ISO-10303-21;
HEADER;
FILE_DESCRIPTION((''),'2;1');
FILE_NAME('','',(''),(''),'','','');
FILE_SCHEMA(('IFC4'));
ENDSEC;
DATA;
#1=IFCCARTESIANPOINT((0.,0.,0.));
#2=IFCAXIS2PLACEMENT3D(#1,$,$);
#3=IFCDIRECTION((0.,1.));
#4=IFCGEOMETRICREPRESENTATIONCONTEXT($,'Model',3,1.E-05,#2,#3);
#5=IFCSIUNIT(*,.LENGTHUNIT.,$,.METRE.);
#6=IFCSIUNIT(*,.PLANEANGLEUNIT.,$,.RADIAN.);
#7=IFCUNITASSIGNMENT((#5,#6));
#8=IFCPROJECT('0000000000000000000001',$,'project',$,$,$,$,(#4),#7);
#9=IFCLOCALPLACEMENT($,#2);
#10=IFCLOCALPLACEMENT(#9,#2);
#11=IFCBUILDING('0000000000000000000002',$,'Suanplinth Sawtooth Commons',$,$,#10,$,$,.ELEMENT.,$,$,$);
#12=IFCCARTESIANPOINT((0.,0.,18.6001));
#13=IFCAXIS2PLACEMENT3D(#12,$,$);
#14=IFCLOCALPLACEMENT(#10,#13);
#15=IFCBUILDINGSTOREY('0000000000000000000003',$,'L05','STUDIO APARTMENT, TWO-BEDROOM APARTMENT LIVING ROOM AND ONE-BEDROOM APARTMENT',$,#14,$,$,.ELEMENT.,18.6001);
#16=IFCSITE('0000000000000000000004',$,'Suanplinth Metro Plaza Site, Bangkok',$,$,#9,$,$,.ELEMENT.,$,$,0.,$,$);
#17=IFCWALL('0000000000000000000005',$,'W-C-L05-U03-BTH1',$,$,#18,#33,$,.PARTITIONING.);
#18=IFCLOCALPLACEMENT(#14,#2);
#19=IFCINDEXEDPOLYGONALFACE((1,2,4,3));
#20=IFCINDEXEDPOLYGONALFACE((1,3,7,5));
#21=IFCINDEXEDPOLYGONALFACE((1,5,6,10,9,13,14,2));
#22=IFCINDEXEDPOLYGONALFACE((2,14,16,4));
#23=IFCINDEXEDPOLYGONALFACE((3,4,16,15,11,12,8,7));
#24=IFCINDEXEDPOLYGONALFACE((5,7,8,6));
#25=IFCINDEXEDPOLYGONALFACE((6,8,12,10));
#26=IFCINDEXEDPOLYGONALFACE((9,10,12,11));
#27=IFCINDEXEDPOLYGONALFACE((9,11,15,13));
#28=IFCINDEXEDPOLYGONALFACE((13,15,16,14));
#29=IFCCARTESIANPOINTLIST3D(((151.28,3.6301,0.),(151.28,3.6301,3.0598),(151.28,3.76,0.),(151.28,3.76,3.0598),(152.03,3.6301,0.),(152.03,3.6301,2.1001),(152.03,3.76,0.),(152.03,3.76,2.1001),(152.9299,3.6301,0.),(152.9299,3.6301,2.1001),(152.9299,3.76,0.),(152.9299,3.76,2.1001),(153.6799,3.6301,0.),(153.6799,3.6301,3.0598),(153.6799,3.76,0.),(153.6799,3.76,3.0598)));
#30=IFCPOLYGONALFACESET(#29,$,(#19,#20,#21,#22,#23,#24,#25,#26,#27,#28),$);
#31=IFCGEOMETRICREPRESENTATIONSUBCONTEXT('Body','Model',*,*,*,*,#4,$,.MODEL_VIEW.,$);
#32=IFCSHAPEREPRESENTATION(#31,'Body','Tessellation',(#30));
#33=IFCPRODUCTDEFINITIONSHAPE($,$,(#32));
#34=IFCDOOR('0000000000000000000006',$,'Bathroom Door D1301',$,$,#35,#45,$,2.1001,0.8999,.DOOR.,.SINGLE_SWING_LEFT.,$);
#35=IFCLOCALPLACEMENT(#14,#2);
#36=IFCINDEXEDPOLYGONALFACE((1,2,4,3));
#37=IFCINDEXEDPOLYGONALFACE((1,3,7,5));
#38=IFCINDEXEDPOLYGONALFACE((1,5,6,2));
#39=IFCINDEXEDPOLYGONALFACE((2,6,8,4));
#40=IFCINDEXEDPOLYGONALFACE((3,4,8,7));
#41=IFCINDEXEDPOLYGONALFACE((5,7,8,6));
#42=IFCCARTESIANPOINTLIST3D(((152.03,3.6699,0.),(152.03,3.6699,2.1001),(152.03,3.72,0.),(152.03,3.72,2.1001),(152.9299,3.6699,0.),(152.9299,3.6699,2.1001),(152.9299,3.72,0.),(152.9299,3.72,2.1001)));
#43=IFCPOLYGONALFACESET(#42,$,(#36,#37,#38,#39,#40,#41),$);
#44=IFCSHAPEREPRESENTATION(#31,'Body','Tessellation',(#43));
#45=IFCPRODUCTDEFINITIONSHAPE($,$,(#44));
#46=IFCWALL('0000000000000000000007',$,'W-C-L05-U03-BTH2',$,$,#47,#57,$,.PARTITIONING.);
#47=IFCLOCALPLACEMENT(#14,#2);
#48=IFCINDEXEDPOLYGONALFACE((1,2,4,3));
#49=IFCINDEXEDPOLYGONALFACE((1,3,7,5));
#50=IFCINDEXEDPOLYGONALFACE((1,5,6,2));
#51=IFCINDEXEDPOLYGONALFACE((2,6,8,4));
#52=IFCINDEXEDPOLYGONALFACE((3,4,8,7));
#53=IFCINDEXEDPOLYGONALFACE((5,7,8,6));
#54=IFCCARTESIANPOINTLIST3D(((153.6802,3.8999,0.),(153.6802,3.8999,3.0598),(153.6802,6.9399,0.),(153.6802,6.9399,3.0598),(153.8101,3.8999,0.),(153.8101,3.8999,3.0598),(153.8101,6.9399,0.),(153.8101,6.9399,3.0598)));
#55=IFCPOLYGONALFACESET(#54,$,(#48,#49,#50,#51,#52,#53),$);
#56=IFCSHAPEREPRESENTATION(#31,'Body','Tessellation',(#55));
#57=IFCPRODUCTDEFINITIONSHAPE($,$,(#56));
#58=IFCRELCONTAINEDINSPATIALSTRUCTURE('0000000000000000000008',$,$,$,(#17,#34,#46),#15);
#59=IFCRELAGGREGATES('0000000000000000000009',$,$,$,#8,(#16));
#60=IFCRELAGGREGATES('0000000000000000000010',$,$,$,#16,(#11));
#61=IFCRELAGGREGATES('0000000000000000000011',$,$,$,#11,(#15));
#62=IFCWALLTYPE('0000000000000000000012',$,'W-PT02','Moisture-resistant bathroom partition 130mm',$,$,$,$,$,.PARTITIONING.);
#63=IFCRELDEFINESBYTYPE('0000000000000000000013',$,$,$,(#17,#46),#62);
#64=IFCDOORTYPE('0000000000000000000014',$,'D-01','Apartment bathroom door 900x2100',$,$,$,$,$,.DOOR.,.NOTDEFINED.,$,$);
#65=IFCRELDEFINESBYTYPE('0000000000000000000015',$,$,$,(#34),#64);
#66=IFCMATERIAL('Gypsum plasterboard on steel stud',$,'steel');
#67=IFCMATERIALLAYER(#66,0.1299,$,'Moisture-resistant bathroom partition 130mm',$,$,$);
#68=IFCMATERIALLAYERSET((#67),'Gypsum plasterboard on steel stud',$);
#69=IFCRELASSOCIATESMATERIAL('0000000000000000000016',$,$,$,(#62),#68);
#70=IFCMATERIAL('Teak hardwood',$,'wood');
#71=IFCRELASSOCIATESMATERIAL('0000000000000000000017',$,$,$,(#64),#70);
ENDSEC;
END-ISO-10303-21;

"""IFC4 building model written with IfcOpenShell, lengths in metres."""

from ifc_helpers import new_model, si_unit, direction, frame, frame_2d, origin, place, context, subcontext, project, spatial, rectangle, extrude, material, layer, layer_set, type_object, element, fill, save


model = new_model("IFC4")

# Units and contexts
model_context = context("Model", 3, precision=1e-05, world=origin(), true_north=direction((0.0, 1.0)))
body_context = subcontext(model_context, "Body", "Model", "MODEL_VIEW")
ifc_project = project(units=[si_unit("LENGTHUNIT", "METRE"), si_unit("PLANEANGLEUNIT", "RADIAN")], contexts=[model_context])

# Site, building, storey
site_placement = place(None, origin())
site = spatial("IfcSite", under=ifc_project, at=site_placement, Name="Suanplinth Metro Plaza Site, Bangkok", CompositionType="ELEMENT", RefElevation=0.0)
building_placement = place(site_placement, origin())
building = spatial("IfcBuilding", under=site, at=building_placement, Name="Suanplinth Sawtooth Commons", CompositionType="ELEMENT")
storey_placement = place(building_placement, frame((0.0, 0.0, 18.6001)))
storey = spatial("IfcBuildingStorey", under=building, at=storey_placement, Name="L05", Description="STUDIO APARTMENT, TWO-BEDROOM APARTMENT LIVING ROOM AND ONE-BEDROOM APARTMENT", CompositionType="ELEMENT", Elevation=18.6001)

# Wall, opening, door
ifc_material_1 = material(Name="Gypsum plasterboard on steel stud", Category="steel")
ifc_material_2 = material(Name="Teak hardwood", Category="wood")
ifc_layer_1 = layer(ifc_material_1, 0.1299, Name="Moisture-resistant bathroom partition 130mm")
ifc_layer_set_1 = layer_set([ifc_layer_1], Name="Gypsum plasterboard on steel stud")
wall_type_1 = type_object("IfcWallType", Name="W-PT02", Description="Moisture-resistant bathroom partition 130mm", PredefinedType="PARTITIONING", material=ifc_layer_set_1)
wall_1_placement = place(storey_placement, frame((151.28, 3.6951, 0.0), z_axis=(0.0, 0.0, 1.0), x_axis=(1.0, 0.0, 0.0)))
wall_1 = element("IfcWall", 1, at=wall_1_placement, inside=storey, type_object=wall_type_1, Name="W-C-L05-U03-BTH1", PredefinedType="PARTITIONING", context=body_context, shape_type="SweptSolid", body=[
    extrude(rectangle(XDim=2.3999, YDim=0.1299, at=frame_2d((1.2, 0.0))), origin(), (0.0, 0.0, 1.0), 3.0598),
])
opening_1_placement = place(wall_1_placement, frame((0.75, 0.0, 0.0)))
opening_1 = element("IfcOpeningElement", 2, at=opening_1_placement, cuts=wall_1, PredefinedType="OPENING", context=body_context, shape_type="SweptSolid", body=[
    extrude(rectangle(XDim=0.8999, YDim=2.1001, at=frame_2d((0.45, 1.05))), frame((0.0, 0.0798, 0.0), z_axis=(0.0, -1.0, 0.0), x_axis=(1.0, 0.0, 0.0)), (0.0, 0.0, 1.0), 0.1597),
])
door_type_1 = type_object("IfcDoorType", Name="D-01", Description="Apartment bathroom door 900x2100", OperationType="NOTDEFINED", PredefinedType="DOOR", material=ifc_material_2)
door_1_placement = place(opening_1_placement, origin())
door_1 = element("IfcDoor", 3, at=door_1_placement, inside=storey, type_object=door_type_1, Name="Bathroom Door D1301", OperationType="SINGLE_SWING_LEFT", OverallHeight=2.1001, OverallWidth=0.8999, PredefinedType="DOOR", context=body_context, shape_type="SweptSolid", body=[
    extrude(rectangle(XDim=0.8999, YDim=2.1001, at=frame_2d((0.45, 1.05))), frame((0.0, 0.0249, 0.0), z_axis=(0.0, -1.0, 0.0), x_axis=(1.0, 0.0, 0.0)), (0.0, 0.0, 1.0), 0.05),
])
fill(opening_1, door_1)

# Wall
wall_2_placement = place(storey_placement, frame((153.7451, 3.8999, 0.0), z_axis=(0.0, 0.0, 1.0), x_axis=(0.0, 1.0, 0.0)))
element("IfcWall", 4, at=wall_2_placement, inside=storey, type_object=wall_type_1, Name="W-C-L05-U03-BTH2", PredefinedType="PARTITIONING", context=body_context, shape_type="SweptSolid", body=[
    extrude(rectangle(XDim=3.04, YDim=0.1299, at=frame_2d((1.52, 0.0))), origin(), (0.0, 0.0, 1.0), 3.0598),
])

save(model, "model.ifc")
